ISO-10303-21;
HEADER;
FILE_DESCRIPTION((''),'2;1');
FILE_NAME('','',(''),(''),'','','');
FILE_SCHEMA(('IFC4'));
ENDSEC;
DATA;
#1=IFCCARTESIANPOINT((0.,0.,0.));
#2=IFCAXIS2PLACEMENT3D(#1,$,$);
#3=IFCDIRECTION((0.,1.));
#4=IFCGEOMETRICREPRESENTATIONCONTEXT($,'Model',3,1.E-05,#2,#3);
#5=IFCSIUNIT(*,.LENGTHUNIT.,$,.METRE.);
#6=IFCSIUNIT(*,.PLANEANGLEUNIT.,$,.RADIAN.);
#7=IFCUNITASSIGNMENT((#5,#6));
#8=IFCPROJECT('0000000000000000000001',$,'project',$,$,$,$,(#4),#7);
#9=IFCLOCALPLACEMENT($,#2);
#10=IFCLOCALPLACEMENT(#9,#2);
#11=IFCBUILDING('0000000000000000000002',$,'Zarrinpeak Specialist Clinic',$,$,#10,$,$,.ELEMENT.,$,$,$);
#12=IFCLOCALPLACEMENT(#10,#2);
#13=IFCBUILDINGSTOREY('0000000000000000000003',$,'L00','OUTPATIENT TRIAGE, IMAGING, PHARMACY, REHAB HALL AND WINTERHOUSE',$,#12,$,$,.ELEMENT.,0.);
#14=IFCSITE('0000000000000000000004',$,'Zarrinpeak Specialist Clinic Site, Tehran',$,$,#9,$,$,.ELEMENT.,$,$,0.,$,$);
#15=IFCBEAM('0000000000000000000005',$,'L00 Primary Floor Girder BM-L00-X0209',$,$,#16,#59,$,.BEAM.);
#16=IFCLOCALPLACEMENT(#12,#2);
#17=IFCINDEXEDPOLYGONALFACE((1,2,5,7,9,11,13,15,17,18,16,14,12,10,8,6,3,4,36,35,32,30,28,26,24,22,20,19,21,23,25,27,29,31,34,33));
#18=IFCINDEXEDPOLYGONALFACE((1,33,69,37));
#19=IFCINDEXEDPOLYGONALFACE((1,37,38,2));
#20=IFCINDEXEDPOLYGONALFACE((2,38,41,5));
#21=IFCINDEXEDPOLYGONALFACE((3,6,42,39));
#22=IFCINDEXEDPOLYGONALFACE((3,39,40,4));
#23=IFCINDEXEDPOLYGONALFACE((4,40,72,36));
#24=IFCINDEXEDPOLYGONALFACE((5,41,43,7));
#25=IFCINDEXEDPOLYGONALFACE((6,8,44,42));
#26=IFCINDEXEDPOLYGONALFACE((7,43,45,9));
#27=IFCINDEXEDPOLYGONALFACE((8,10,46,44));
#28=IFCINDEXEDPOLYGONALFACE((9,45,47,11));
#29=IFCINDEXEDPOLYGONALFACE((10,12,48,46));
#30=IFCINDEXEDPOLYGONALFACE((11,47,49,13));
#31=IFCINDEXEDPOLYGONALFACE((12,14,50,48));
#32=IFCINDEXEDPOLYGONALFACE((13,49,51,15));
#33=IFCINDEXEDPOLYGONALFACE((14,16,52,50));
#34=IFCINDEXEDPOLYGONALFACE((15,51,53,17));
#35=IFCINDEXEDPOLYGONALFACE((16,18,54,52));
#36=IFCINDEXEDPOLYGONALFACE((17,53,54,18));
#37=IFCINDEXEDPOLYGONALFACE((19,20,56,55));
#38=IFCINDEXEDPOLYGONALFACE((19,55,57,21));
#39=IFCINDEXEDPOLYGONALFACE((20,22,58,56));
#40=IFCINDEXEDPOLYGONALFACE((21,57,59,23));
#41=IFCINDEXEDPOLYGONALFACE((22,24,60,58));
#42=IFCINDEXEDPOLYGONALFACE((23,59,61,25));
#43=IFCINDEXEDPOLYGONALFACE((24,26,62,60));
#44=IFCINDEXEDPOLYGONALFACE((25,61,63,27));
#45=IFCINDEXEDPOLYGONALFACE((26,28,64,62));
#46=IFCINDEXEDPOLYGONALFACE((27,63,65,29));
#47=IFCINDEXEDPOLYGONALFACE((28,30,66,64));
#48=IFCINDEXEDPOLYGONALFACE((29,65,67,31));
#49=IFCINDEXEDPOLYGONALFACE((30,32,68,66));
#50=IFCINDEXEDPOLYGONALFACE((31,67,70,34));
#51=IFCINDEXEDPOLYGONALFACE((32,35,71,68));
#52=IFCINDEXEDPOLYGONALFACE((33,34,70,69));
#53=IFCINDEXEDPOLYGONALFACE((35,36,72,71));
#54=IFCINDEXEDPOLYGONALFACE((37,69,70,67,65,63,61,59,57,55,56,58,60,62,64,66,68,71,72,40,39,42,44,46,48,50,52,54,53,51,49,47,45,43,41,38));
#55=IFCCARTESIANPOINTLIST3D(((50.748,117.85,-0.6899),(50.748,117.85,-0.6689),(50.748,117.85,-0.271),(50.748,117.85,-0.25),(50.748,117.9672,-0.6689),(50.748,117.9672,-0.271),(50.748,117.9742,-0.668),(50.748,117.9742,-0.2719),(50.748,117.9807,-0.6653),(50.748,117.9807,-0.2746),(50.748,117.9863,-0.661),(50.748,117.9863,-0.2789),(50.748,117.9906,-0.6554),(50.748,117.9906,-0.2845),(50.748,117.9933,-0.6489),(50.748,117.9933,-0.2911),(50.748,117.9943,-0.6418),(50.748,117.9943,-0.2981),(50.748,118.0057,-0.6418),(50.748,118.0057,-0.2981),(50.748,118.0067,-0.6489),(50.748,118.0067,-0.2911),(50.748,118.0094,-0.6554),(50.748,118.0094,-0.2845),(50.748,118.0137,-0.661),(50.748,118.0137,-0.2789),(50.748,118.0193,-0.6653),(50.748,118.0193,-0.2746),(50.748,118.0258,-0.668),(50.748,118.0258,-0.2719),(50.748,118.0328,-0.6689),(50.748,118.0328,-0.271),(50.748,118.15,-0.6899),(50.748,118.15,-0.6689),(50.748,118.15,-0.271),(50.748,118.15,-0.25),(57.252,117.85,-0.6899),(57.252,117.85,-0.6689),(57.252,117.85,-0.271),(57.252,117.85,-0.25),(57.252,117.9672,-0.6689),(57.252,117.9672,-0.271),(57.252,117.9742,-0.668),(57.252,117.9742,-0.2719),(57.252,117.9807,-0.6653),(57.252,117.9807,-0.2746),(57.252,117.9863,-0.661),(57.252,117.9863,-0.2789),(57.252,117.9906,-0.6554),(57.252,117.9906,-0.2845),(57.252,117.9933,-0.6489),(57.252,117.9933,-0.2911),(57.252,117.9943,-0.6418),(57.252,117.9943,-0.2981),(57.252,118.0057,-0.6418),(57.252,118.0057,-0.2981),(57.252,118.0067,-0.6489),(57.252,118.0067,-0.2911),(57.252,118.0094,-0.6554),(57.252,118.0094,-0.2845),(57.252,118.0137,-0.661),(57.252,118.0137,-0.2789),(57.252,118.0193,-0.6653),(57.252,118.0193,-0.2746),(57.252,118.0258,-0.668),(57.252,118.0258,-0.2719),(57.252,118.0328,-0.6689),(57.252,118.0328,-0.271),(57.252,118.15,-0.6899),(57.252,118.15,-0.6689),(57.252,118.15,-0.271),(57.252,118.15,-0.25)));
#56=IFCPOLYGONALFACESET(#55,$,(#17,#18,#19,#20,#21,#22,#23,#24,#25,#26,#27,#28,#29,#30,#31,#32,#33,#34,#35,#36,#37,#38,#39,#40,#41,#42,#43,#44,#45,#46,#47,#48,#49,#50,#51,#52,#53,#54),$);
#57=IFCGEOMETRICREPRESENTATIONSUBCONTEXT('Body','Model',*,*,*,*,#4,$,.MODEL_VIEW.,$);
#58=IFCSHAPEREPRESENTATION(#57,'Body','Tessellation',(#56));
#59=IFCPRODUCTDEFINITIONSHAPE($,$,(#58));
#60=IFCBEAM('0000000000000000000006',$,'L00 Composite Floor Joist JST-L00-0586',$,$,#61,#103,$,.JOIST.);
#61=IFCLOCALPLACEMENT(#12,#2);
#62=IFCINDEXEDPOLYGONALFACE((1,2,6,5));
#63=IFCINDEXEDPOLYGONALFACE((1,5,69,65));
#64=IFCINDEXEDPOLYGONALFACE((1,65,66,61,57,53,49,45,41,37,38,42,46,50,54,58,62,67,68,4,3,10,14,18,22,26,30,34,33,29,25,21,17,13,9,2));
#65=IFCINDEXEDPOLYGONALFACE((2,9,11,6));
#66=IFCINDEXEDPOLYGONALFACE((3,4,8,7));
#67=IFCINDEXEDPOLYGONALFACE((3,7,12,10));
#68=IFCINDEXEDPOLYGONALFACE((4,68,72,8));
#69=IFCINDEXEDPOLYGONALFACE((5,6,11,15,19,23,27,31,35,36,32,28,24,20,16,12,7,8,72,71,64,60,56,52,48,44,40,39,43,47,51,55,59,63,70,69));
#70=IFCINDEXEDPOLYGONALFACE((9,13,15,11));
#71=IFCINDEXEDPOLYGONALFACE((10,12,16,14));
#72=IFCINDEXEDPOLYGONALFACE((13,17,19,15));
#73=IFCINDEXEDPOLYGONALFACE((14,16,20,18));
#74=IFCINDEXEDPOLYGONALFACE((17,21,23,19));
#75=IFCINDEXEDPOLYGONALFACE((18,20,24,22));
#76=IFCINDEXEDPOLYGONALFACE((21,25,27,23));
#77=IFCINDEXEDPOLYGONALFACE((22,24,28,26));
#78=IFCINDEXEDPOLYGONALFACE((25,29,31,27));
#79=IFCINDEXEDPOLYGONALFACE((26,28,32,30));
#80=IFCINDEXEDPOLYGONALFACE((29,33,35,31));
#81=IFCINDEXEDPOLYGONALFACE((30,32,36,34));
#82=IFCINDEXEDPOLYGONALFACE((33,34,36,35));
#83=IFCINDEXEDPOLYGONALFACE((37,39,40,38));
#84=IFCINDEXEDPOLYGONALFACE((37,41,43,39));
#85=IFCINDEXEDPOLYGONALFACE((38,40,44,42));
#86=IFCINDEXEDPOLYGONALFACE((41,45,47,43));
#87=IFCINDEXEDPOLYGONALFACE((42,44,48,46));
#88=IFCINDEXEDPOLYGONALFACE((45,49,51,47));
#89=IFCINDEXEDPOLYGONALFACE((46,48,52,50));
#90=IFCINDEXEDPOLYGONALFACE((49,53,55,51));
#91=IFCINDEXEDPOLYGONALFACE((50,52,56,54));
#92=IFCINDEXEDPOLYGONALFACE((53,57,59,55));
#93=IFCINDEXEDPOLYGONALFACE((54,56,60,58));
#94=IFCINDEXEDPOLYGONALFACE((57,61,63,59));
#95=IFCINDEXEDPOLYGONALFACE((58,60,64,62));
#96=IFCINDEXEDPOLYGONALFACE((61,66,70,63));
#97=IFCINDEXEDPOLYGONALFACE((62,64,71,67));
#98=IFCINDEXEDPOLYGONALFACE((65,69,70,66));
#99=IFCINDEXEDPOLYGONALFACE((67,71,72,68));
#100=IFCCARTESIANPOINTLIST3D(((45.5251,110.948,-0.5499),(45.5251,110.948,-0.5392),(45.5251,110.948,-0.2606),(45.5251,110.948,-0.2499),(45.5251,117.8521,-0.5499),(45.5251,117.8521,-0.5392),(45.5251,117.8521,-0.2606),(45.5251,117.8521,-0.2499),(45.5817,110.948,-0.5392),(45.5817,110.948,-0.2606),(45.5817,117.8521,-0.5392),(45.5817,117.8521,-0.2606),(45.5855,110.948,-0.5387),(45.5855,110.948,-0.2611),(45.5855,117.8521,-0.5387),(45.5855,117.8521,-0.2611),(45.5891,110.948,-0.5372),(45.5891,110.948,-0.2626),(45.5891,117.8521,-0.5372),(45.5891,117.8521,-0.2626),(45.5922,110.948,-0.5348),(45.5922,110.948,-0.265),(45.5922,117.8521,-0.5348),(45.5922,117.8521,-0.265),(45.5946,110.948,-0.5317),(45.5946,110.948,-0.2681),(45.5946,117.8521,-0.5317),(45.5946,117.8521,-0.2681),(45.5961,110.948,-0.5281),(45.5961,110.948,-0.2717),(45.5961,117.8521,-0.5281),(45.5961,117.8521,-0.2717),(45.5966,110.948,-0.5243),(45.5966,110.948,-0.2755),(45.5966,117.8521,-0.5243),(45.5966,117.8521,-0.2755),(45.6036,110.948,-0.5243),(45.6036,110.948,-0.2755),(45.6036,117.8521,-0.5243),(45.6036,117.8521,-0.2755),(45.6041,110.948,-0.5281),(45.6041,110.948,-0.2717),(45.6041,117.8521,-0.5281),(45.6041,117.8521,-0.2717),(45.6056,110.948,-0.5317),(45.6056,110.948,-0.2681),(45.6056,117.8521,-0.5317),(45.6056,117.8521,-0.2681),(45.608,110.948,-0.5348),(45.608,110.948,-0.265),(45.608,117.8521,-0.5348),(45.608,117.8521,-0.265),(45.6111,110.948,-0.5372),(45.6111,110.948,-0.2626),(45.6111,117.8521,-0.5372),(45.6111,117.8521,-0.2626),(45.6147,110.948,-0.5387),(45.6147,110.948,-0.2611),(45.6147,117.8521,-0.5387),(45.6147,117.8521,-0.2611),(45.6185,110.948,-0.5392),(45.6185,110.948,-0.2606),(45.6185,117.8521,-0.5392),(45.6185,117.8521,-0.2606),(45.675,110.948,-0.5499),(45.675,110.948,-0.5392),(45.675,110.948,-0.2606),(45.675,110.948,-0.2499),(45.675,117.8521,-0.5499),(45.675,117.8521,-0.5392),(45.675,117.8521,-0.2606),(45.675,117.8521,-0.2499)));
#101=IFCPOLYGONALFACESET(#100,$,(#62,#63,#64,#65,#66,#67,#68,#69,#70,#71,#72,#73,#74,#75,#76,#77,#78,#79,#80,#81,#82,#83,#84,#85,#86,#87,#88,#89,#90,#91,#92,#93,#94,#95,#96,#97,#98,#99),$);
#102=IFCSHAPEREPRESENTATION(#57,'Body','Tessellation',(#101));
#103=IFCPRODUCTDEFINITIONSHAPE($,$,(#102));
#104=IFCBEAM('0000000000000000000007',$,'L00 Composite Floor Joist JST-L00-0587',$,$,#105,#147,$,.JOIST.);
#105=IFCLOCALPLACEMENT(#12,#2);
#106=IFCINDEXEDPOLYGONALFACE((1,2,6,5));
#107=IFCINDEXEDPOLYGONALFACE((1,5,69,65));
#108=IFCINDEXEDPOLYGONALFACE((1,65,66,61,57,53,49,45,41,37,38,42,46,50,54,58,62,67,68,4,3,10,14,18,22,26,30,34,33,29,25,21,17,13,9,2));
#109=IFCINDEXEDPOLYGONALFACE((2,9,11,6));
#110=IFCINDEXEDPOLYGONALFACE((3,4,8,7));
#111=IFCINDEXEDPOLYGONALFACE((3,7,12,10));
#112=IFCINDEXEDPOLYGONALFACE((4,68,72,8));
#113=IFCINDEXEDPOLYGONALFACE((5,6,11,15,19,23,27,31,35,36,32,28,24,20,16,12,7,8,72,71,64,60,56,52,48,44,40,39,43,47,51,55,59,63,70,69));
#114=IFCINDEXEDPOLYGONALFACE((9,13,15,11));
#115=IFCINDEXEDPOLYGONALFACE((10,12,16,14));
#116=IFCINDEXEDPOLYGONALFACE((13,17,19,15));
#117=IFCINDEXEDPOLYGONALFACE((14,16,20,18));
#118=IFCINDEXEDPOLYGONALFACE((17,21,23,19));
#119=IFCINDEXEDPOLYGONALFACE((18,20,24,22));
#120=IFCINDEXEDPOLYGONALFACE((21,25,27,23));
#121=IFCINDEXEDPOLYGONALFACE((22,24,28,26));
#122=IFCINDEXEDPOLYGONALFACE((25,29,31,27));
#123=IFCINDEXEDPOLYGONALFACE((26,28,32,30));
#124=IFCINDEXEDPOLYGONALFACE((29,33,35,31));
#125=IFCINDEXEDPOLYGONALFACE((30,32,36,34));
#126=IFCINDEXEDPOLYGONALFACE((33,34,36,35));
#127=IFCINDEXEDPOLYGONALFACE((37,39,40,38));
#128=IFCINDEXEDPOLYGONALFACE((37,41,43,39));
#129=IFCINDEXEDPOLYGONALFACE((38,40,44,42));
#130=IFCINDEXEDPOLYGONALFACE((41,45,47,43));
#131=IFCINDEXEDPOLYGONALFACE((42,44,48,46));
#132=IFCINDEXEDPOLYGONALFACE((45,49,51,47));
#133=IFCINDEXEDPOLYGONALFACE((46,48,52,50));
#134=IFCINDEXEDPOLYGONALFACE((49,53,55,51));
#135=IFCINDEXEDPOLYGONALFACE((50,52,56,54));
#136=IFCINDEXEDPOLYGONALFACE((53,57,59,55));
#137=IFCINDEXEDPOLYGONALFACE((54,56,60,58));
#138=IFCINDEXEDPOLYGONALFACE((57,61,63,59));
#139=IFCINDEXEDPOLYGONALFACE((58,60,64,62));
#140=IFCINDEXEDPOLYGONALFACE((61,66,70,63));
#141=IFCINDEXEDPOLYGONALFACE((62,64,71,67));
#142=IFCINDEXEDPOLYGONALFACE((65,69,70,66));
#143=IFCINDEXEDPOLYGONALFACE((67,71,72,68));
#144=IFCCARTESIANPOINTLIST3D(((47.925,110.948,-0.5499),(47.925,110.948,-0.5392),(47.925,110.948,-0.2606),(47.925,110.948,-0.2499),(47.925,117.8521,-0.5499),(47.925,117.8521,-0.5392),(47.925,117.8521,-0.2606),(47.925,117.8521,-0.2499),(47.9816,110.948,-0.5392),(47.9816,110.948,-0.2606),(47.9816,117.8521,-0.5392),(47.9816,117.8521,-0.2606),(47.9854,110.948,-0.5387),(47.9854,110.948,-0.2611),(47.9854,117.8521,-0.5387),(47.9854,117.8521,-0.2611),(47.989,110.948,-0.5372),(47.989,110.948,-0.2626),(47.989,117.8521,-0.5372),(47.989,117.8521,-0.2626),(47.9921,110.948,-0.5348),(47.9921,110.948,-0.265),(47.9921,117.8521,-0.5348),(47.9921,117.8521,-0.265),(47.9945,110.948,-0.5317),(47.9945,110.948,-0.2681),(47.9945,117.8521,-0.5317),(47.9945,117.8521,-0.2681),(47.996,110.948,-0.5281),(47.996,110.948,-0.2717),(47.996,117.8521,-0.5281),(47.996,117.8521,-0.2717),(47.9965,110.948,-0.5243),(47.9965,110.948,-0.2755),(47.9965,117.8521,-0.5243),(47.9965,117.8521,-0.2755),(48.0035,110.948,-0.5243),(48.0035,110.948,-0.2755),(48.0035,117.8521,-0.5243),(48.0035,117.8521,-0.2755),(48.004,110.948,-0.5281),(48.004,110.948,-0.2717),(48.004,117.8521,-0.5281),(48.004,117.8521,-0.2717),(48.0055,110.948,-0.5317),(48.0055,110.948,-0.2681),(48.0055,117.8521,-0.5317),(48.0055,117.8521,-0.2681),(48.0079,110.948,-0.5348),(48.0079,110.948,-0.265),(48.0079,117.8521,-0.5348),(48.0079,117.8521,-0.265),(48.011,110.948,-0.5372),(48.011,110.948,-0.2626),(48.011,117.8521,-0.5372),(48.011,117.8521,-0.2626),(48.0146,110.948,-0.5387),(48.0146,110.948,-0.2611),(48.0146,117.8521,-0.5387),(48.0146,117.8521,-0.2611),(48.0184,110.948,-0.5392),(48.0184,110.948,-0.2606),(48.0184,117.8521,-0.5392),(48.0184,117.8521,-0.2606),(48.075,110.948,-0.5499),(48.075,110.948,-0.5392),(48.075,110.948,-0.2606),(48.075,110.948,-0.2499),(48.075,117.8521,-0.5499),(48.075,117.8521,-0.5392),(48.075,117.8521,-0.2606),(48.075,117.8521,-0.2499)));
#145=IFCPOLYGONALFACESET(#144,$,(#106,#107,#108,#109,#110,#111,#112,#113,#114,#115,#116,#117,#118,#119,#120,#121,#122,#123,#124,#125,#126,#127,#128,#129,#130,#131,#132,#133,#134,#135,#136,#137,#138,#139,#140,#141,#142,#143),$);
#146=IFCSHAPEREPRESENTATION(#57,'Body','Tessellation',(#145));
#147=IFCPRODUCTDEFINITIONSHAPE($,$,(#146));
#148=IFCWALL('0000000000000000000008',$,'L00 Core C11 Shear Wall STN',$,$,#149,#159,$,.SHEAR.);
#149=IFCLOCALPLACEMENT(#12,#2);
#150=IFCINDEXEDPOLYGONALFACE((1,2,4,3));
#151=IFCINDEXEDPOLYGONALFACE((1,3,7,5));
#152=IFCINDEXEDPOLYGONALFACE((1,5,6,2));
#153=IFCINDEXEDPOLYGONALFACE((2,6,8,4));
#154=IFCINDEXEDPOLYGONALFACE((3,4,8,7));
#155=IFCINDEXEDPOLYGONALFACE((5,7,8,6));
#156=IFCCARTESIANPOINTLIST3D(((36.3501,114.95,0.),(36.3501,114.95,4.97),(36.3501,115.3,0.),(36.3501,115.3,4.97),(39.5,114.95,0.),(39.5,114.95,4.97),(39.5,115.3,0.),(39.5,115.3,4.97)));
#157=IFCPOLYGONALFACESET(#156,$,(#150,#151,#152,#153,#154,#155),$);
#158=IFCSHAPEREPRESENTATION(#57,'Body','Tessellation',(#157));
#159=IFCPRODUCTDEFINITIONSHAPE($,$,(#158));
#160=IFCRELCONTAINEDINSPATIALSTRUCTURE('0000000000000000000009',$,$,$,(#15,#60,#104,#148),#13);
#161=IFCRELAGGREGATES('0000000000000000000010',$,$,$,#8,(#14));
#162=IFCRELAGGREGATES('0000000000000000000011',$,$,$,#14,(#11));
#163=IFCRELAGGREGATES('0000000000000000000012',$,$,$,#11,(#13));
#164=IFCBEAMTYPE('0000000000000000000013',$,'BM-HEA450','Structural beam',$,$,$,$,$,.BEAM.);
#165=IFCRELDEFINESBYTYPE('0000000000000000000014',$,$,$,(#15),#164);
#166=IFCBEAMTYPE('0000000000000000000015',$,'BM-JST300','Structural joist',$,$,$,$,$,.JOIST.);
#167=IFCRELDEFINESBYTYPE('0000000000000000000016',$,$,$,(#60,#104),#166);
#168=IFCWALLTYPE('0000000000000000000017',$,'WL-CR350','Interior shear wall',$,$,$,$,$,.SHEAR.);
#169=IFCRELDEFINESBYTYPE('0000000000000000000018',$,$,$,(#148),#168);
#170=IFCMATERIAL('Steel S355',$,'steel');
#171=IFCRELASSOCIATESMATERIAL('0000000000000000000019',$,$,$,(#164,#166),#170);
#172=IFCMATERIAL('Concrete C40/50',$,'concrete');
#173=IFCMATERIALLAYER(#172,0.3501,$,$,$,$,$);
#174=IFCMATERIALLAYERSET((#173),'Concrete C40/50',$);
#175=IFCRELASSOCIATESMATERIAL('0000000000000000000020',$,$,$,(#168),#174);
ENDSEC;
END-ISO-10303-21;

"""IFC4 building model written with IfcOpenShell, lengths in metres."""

from ifc_helpers import new_model, si_unit, direction, frame, frame_2d, origin, origin_2d, place, context, subcontext, project, spatial, rectangle, i_section, extrude, material, layer, layer_set, material_profile, profile_set, type_object, element, save


model = new_model("IFC4")

# Units and contexts
model_context = context("Model", 3, precision=1e-05, world=origin(), true_north=direction((0.0, 1.0)))
body_context = subcontext(model_context, "Body", "Model", "MODEL_VIEW")
ifc_project = project(units=[si_unit("LENGTHUNIT", "METRE"), si_unit("PLANEANGLEUNIT", "RADIAN")], contexts=[model_context])

# Site, building, storey
site_placement = place(None, origin())
site = spatial("IfcSite", under=ifc_project, at=site_placement, Name="Zarrinpeak Specialist Clinic Site, Tehran", CompositionType="ELEMENT", RefElevation=0.0)
building_placement = place(site_placement, origin())
building = spatial("IfcBuilding", under=site, at=building_placement, Name="Zarrinpeak Specialist Clinic", CompositionType="ELEMENT")
storey_placement = place(building_placement, origin())
storey = spatial("IfcBuildingStorey", under=building, at=storey_placement, Name="L00", Description="OUTPATIENT TRIAGE, IMAGING, PHARMACY, REHAB HALL AND WINTERHOUSE", CompositionType="ELEMENT", Elevation=0.0)

# Shared definitions
ifc_material_1 = material(Name="Steel S355", Category="steel")

# Beams
ifc_material_profile_1 = material_profile(ifc_material_1, i_section(OverallWidth=0.3, OverallDepth=0.4399, WebThickness=0.0115, FlangeThickness=0.021, FilletRadius=0.0271, at=origin_2d()), Name="HEA 450")
ifc_profile_set_1 = profile_set([ifc_material_profile_1], Name="Steel S355")
beam_type_1 = type_object("IfcBeamType", Name="BM-HEA450", Description="Structural beam", PredefinedType="BEAM", material=ifc_profile_set_1)
for number, where, z_axis, x_axis, name in (
    (1, (50.748, 118.0, -0.47), (1.0, 0.0, 0.0), (0.0, 1.0, 0.0), "L00 Primary Floor Girder BM-L00-X0209"),
):
    element("IfcBeam", number, at=place(storey_placement, frame(where, z_axis=z_axis, x_axis=x_axis)), inside=storey, type_object=beam_type_1, Name=name, PredefinedType="BEAM", context=body_context, shape_type="SweptSolid", body=[
        extrude(i_section(OverallWidth=0.3, OverallDepth=0.4399, WebThickness=0.0115, FlangeThickness=0.021, FilletRadius=0.0271, at=origin_2d()), origin(), (0.0, 0.0, 1.0), 6.5039),
    ])
ifc_material_profile_2 = material_profile(ifc_material_1, i_section(OverallWidth=0.1499, OverallDepth=0.3, WebThickness=0.0071, FlangeThickness=0.0107, FilletRadius=0.0149, at=origin_2d()), Name="IPE 300")
ifc_profile_set_2 = profile_set([ifc_material_profile_2], Name="Steel S355")
beam_type_2 = type_object("IfcBeamType", Name="BM-JST300", Description="Structural joist", PredefinedType="JOIST", material=ifc_profile_set_2)
for number, where, z_axis, x_axis, name in (
    (2, (45.6001, 110.948, -0.3999), (0.0, 1.0, 0.0), (-1.0, 0.0, 0.0), "L00 Composite Floor Joist JST-L00-0586"),
    (3, (48.0, 110.948, -0.3999), (0.0, 1.0, 0.0), (-1.0, 0.0, 0.0), "L00 Composite Floor Joist JST-L00-0587"),
):
    element("IfcBeam", number, at=place(storey_placement, frame(where, z_axis=z_axis, x_axis=x_axis)), inside=storey, type_object=beam_type_2, Name=name, PredefinedType="JOIST", context=body_context, shape_type="SweptSolid", body=[
        extrude(i_section(OverallWidth=0.1499, OverallDepth=0.3, WebThickness=0.0071, FlangeThickness=0.0107, FilletRadius=0.0149, at=origin_2d()), origin(), (0.0, 0.0, 1.0), 6.9041),
    ])

# Wall
ifc_material_2 = material(Name="Concrete C40/50", Category="concrete")
ifc_layer_1 = layer(ifc_material_2, 0.3501)
ifc_layer_set_1 = layer_set([ifc_layer_1], Name="Concrete C40/50")
wall_type_1 = type_object("IfcWallType", Name="WL-CR350", Description="Interior shear wall", PredefinedType="SHEAR", material=ifc_layer_set_1)
wall_1_placement = place(storey_placement, frame((36.3501, 115.125, 0.0), z_axis=(0.0, 0.0, 1.0), x_axis=(1.0, 0.0, 0.0)))
element("IfcWall", 4, at=wall_1_placement, inside=storey, type_object=wall_type_1, Name="L00 Core C11 Shear Wall STN", PredefinedType="SHEAR", context=body_context, shape_type="SweptSolid", body=[
    extrude(rectangle(XDim=3.1499, YDim=0.3501, at=frame_2d((1.575, 0.0))), origin(), (0.0, 0.0, 1.0), 4.97),
])

save(model, "model.ifc")
